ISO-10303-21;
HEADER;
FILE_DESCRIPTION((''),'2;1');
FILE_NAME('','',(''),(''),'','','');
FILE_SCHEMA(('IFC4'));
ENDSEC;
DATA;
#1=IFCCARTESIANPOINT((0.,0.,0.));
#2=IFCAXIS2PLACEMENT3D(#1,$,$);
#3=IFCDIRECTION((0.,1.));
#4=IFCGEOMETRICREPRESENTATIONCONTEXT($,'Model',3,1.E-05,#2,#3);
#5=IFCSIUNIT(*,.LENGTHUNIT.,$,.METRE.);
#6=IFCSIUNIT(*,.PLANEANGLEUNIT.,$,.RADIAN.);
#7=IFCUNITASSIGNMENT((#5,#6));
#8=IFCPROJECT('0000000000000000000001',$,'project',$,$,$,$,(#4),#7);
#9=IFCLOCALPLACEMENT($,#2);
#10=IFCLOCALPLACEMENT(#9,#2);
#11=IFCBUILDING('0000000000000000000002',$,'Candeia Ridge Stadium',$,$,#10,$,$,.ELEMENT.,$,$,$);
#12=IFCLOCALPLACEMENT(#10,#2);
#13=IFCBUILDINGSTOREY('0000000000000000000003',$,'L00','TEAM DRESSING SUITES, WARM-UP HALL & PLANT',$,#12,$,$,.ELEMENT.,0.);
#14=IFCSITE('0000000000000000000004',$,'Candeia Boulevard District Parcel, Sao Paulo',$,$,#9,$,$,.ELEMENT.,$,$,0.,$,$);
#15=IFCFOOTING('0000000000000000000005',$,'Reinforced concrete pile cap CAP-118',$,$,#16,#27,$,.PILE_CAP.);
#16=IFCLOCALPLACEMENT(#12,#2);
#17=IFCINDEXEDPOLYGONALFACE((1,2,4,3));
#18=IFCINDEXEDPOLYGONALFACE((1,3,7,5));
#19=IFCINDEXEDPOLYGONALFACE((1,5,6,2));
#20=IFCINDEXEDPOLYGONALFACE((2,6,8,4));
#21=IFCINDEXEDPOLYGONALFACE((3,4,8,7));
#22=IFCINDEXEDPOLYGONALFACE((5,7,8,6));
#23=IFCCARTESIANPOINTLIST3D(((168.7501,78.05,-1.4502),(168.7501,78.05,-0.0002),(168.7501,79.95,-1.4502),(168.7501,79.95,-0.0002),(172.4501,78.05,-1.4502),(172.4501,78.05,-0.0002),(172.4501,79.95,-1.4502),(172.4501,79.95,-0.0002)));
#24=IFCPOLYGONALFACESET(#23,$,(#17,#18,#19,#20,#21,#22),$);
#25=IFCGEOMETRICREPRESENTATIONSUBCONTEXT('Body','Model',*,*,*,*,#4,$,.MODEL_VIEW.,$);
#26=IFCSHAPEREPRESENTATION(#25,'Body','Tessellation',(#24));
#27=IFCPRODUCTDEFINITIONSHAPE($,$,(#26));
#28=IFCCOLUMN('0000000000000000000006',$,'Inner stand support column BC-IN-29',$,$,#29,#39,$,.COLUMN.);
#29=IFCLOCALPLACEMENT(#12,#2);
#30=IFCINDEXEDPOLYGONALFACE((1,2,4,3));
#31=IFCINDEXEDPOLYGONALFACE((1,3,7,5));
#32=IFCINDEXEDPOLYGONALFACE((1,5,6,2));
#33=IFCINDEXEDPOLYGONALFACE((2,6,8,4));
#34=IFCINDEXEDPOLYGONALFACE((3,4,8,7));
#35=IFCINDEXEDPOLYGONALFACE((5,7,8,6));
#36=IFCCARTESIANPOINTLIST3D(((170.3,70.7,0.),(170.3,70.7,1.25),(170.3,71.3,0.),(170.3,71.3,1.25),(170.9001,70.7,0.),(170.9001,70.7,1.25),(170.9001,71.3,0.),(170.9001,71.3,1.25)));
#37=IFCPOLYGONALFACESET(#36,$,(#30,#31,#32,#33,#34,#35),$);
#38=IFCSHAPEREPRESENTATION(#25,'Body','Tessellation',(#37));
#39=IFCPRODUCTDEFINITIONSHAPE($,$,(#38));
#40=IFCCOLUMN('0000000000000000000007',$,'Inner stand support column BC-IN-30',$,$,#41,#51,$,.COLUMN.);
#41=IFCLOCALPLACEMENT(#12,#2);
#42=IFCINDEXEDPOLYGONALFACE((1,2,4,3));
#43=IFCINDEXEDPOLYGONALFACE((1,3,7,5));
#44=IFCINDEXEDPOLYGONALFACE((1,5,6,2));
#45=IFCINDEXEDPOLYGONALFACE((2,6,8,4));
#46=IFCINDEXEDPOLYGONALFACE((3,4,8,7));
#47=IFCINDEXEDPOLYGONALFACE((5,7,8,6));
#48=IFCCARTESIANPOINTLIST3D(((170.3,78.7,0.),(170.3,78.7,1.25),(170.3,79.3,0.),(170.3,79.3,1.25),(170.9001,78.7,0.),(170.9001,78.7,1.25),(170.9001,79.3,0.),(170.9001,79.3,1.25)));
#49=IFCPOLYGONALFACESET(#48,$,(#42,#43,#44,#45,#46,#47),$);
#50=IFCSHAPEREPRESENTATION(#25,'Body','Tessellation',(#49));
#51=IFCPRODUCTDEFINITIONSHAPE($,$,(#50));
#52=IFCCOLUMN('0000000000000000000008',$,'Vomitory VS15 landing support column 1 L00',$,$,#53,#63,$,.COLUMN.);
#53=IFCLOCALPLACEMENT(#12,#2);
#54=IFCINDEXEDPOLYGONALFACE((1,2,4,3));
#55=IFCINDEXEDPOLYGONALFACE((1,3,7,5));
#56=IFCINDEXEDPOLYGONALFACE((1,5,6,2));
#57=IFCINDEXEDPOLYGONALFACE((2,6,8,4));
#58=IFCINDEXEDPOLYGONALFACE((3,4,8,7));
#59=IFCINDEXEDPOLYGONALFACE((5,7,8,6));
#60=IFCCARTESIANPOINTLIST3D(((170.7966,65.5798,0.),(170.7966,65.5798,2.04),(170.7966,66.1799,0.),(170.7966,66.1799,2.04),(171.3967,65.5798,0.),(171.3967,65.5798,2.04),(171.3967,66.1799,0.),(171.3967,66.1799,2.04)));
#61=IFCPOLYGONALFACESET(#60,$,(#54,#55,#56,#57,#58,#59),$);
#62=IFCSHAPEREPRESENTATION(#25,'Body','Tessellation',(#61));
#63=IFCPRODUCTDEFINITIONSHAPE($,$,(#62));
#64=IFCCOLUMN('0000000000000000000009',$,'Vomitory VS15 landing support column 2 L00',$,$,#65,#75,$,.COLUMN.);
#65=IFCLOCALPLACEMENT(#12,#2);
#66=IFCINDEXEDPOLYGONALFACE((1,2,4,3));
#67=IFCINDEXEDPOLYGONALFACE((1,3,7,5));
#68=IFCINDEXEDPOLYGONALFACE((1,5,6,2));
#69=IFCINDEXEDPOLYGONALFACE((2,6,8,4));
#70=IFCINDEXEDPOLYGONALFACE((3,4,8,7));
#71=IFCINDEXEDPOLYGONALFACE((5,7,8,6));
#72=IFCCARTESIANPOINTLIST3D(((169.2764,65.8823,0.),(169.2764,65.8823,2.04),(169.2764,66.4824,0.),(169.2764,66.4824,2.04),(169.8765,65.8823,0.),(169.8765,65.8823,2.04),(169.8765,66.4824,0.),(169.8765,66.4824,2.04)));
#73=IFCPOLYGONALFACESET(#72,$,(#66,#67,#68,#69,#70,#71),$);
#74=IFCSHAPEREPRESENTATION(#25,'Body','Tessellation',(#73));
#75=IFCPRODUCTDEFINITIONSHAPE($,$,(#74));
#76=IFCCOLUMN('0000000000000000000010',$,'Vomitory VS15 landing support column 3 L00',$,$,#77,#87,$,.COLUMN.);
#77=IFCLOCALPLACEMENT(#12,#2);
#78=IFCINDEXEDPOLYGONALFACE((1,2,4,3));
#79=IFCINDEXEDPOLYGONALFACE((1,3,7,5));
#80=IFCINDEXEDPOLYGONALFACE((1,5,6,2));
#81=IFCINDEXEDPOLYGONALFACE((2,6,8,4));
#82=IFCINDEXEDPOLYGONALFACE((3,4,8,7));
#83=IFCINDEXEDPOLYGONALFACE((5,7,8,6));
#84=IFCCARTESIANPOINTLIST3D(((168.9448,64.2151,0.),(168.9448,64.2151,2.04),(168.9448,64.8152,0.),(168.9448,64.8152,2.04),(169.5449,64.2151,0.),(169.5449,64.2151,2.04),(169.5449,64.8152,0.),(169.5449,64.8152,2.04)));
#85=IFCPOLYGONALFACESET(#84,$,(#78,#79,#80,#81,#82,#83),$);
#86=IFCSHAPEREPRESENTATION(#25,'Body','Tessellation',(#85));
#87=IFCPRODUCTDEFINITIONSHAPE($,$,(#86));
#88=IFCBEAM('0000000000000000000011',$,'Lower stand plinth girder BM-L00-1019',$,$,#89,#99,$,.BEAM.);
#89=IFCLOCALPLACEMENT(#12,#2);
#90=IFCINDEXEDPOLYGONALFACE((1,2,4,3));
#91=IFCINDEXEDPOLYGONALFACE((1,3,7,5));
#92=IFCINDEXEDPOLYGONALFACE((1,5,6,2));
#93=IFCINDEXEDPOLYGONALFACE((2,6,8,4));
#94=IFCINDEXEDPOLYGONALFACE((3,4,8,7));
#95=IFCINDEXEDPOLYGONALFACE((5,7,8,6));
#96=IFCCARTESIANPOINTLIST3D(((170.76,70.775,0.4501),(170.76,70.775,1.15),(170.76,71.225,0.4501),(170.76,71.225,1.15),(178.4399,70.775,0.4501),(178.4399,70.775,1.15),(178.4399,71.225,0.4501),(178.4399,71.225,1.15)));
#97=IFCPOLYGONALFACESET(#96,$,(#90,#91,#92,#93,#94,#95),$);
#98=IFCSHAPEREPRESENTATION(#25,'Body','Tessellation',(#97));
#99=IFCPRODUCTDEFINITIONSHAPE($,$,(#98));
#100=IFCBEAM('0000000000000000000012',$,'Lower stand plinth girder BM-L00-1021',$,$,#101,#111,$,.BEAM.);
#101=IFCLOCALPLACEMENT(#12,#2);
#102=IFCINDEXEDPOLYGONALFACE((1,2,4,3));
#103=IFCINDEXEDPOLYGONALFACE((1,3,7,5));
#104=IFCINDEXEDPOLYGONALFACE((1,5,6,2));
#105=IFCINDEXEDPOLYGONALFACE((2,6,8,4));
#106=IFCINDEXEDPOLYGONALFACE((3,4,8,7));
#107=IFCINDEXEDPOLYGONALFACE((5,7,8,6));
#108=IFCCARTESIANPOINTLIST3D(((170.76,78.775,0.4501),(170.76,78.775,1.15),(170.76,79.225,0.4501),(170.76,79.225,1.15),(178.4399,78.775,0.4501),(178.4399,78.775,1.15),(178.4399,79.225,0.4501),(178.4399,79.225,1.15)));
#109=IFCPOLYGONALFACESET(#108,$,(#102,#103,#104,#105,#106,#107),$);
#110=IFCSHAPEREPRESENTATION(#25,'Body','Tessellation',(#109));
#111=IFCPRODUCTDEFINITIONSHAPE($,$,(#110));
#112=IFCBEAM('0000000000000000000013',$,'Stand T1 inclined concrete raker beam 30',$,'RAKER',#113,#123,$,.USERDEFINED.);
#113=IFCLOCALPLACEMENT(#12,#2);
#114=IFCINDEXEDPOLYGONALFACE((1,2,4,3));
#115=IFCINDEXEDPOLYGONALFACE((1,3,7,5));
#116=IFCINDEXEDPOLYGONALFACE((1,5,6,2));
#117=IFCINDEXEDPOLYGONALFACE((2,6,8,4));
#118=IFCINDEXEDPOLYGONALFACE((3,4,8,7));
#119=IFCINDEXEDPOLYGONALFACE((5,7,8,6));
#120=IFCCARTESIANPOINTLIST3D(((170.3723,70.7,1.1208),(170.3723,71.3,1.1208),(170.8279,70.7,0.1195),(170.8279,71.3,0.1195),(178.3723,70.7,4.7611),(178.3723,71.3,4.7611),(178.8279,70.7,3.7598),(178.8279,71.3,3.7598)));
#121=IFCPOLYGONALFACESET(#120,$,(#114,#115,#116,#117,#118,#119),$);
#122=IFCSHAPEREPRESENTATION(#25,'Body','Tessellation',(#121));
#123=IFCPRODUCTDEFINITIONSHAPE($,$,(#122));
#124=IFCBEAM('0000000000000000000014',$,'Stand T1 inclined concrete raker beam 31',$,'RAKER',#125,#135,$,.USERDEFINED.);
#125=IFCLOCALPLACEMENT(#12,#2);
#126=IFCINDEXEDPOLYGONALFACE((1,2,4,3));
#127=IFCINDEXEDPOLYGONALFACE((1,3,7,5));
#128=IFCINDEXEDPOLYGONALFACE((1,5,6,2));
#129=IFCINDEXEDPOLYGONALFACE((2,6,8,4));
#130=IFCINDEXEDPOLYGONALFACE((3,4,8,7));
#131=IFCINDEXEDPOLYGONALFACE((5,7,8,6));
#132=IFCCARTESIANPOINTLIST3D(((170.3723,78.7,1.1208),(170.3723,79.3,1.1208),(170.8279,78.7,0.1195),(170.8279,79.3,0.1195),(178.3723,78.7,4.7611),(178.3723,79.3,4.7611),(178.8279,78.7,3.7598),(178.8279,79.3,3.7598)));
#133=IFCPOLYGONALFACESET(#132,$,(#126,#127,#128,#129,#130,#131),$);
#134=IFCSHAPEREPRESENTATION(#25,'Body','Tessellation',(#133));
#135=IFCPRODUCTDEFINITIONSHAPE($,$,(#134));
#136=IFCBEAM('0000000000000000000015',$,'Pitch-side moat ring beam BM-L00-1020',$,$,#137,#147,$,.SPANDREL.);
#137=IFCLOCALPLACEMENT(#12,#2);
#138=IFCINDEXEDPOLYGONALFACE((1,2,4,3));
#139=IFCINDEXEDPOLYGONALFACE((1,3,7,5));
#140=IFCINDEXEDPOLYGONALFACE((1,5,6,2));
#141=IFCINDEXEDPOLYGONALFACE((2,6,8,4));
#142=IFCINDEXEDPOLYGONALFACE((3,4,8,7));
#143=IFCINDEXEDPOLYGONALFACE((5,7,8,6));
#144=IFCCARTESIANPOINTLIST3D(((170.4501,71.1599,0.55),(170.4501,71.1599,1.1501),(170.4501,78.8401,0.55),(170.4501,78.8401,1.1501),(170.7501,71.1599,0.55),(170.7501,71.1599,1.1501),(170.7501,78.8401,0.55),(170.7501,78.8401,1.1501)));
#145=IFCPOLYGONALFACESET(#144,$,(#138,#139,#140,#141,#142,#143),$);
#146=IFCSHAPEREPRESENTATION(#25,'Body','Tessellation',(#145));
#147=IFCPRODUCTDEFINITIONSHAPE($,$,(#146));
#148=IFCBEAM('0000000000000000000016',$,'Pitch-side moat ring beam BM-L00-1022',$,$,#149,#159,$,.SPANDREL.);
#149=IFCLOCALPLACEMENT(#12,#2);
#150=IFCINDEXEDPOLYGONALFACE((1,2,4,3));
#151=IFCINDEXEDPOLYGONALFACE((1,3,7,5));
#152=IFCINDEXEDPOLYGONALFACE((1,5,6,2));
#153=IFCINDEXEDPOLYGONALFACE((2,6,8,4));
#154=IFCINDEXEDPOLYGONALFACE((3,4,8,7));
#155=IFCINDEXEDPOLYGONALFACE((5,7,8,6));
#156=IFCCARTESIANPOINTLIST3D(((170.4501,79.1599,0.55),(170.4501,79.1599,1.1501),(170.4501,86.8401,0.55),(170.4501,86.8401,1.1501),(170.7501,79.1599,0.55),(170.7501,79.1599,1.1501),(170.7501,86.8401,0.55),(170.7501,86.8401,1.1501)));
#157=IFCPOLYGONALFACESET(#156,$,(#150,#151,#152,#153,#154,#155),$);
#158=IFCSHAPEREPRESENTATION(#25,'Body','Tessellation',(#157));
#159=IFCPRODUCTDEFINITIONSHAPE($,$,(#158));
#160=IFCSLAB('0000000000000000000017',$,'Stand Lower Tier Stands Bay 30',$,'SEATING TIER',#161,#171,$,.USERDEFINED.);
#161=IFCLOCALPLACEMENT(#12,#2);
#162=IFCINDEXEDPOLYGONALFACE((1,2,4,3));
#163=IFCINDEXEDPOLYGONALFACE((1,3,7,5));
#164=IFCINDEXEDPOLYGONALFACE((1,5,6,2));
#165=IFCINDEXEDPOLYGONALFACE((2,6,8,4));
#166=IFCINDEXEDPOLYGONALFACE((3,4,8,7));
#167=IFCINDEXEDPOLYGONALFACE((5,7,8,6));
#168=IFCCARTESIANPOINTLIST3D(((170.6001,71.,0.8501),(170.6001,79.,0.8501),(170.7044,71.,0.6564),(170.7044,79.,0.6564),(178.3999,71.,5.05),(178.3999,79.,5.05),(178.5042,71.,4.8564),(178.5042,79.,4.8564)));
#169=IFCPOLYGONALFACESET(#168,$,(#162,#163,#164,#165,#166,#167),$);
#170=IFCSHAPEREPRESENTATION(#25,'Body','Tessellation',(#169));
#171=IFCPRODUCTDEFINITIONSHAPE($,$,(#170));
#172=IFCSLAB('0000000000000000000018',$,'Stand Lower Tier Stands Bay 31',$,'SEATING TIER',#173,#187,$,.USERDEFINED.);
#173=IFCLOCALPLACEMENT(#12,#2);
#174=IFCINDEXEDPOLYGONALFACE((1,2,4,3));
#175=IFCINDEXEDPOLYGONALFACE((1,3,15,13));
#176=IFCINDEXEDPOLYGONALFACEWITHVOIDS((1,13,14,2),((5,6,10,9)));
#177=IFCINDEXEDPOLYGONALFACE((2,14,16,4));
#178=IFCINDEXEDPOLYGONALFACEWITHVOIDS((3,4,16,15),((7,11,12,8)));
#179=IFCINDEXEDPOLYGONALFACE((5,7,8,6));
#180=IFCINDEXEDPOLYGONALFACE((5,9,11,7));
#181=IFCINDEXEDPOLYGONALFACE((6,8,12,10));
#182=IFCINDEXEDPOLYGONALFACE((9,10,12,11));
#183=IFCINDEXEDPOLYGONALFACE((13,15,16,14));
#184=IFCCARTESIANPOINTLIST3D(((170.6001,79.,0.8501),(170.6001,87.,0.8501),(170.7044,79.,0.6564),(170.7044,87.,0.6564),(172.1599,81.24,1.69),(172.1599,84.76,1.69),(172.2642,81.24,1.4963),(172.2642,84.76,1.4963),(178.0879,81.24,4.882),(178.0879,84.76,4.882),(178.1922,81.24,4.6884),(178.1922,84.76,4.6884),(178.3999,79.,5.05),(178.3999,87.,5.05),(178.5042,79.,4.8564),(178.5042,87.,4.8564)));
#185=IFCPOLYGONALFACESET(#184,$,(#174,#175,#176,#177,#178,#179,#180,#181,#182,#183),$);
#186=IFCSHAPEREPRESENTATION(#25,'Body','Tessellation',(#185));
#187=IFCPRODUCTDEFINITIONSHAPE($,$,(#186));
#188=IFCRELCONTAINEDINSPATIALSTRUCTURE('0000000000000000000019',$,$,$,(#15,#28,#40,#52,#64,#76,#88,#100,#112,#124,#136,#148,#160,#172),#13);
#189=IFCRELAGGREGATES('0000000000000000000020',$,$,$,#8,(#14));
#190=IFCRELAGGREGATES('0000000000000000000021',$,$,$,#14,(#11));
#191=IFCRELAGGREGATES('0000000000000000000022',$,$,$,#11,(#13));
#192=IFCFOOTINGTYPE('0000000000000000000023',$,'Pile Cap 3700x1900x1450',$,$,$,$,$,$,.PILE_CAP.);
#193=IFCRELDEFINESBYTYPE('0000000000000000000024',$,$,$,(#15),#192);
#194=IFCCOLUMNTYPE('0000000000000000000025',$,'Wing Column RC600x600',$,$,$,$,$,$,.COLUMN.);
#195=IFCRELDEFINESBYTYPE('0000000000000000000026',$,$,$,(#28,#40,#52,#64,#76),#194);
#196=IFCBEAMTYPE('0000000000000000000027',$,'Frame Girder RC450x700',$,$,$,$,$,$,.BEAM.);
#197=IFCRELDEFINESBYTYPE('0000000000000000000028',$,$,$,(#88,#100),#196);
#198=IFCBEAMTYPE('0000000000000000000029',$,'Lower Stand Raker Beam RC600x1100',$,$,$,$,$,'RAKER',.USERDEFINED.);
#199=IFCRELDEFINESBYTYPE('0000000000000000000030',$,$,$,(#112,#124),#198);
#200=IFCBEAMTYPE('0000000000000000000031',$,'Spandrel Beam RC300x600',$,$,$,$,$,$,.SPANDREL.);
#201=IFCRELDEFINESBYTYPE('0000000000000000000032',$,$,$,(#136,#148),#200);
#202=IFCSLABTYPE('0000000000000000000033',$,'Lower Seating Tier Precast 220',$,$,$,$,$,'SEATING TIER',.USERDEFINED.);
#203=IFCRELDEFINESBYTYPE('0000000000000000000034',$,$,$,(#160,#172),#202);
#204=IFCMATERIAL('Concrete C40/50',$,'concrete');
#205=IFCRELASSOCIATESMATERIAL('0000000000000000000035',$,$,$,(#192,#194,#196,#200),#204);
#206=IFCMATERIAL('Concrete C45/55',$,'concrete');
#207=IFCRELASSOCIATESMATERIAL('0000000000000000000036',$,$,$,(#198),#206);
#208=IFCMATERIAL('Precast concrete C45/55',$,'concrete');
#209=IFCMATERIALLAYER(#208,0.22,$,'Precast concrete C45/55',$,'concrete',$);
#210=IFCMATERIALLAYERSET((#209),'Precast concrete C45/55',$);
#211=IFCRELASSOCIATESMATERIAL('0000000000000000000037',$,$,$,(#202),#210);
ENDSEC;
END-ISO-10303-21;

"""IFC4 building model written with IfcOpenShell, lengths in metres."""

from ifc_helpers import new_model, si_unit, direction, frame, origin, origin_2d, place, context, subcontext, project, spatial, polyline, rectangle, outline, extrude, material, layer, layer_set, material_profile, profile_set, type_object, element, save


model = new_model("IFC4")

# Units and contexts
model_context = context("Model", 3, precision=1e-05, world=origin(), true_north=direction((0.0, 1.0)))
body_context = subcontext(model_context, "Body", "Model", "MODEL_VIEW")
ifc_project = project(units=[si_unit("LENGTHUNIT", "METRE"), si_unit("PLANEANGLEUNIT", "RADIAN")], contexts=[model_context])

# Site, building, storey
site_placement = place(None, origin())
site = spatial("IfcSite", under=ifc_project, at=site_placement, Name="Candeia Boulevard District Parcel, Sao Paulo", CompositionType="ELEMENT", RefElevation=0.0)
building_placement = place(site_placement, origin())
building = spatial("IfcBuilding", under=site, at=building_placement, Name="Candeia Ridge Stadium", CompositionType="ELEMENT")
storey_placement = place(building_placement, origin())
storey = spatial("IfcBuildingStorey", under=building, at=storey_placement, Name="L00", Description="TEAM DRESSING SUITES, WARM-UP HALL & PLANT", CompositionType="ELEMENT", Elevation=0.0)

# Shared definitions
ifc_material_1 = material(Name="Concrete C40/50", Category="concrete")

# Footing
footing_type_1 = type_object("IfcFootingType", Name="Pile Cap 3700x1900x1450", PredefinedType="PILE_CAP", material=ifc_material_1)
for number, where, z_axis, x_axis, name in (
    (1, (170.6001, 79.0, -1.4502), (0.0, 0.0, 1.0), (1.0, 0.0, 0.0), "Reinforced concrete pile cap CAP-118"),
):
    element("IfcFooting", number, at=place(storey_placement, frame(where, z_axis=z_axis, x_axis=x_axis)), inside=storey, type_object=footing_type_1, Name=name, PredefinedType="PILE_CAP", context=body_context, shape_type="SweptSolid", body=[
        extrude(rectangle(XDim=3.7, YDim=1.8999, at=origin_2d()), origin(), (0.0, 0.0, 1.0), 1.45),
    ])

# Columns
ifc_material_profile_1 = material_profile(ifc_material_1, rectangle(XDim=0.6001, YDim=0.6001, at=origin_2d()), Name="RC600x600", Category="concrete")
ifc_profile_set_1 = profile_set([ifc_material_profile_1], Name="Concrete C40/50")
column_type = type_object("IfcColumnType", Name="Wing Column RC600x600", PredefinedType="COLUMN", material=ifc_profile_set_1)
for number, where, z_axis, x_axis, name in (
    (2, (170.6001, 71.0, 0.0), (0.0, 0.0, 1.0), (1.0, 0.0, 0.0), "Inner stand support column BC-IN-29"),
    (3, (170.6001, 79.0, 0.0), (0.0, 0.0, 1.0), (1.0, 0.0, 0.0), "Inner stand support column BC-IN-30"),
):
    element("IfcColumn", number, at=place(storey_placement, frame(where, z_axis=z_axis, x_axis=x_axis)), inside=storey, type_object=column_type, Name=name, PredefinedType="COLUMN", context=body_context, shape_type="SweptSolid", body=[
        extrude(rectangle(XDim=0.6001, YDim=0.6001, at=origin_2d()), origin(), (0.0, 0.0, 1.0), 1.25),
    ])
for number, where, z_axis, x_axis, name in (
    (4, (171.0967, 65.8799, 0.0), (0.0, 0.0, 1.0), (1.0, 0.0, 0.0), "Vomitory VS15 landing support column 1 L00"),
    (5, (169.5764, 66.1824, 0.0), (0.0, 0.0, 1.0), (1.0, 0.0, 0.0), "Vomitory VS15 landing support column 2 L00"),
    (6, (169.2449, 64.5151, 0.0), (0.0, 0.0, 1.0), (1.0, 0.0, 0.0), "Vomitory VS15 landing support column 3 L00"),
):
    element("IfcColumn", number, at=place(storey_placement, frame(where, z_axis=z_axis, x_axis=x_axis)), inside=storey, type_object=column_type, Name=name, PredefinedType="COLUMN", context=body_context, shape_type="SweptSolid", body=[
        extrude(rectangle(XDim=0.6001, YDim=0.6001, at=origin_2d()), origin(), (0.0, 0.0, 1.0), 2.04),
    ])

# Beams
ifc_material_profile_2 = material_profile(ifc_material_1, rectangle(XDim=0.45, YDim=0.7, at=origin_2d()), Name="RC450x700", Category="concrete")
ifc_profile_set_2 = profile_set([ifc_material_profile_2], Name="Concrete C40/50")
beam_type_1 = type_object("IfcBeamType", Name="Frame Girder RC450x700", PredefinedType="BEAM", material=ifc_profile_set_2)
for number, where, z_axis, x_axis, name in (
    (7, (170.76, 71.0, 0.8), (1.0, 0.0, 0.0), (0.0, 1.0, 0.0), "Lower stand plinth girder BM-L00-1019"),
    (8, (170.76, 79.0, 0.8), (1.0, 0.0, 0.0), (0.0, 1.0, 0.0), "Lower stand plinth girder BM-L00-1021"),
):
    element("IfcBeam", number, at=place(storey_placement, frame(where, z_axis=z_axis, x_axis=x_axis)), inside=storey, type_object=beam_type_1, Name=name, PredefinedType="BEAM", context=body_context, shape_type="SweptSolid", body=[
        extrude(rectangle(XDim=0.45, YDim=0.7, at=origin_2d()), origin(), (0.0, 0.0, 1.0), 7.6799),
    ])
ifc_material_2 = material(Name="Concrete C45/55", Category="concrete")
ifc_material_profile_3 = material_profile(ifc_material_2, rectangle(XDim=0.6001, YDim=1.1001, at=origin_2d()), Name="RC600x1100", Category="concrete")
ifc_profile_set_3 = profile_set([ifc_material_profile_3], Name="Concrete C45/55")
beam_type_2 = type_object("IfcBeamType", Name="Lower Stand Raker Beam RC600x1100", ElementType="RAKER", PredefinedType="USERDEFINED", material=ifc_profile_set_3)
for number, where, z_axis, x_axis, name in (
    (9, (170.6001, 71.0, 0.6201), (0.910194, 0.0, 0.414182), (0.0, 1.0, 0.0), "Stand T1 inclined concrete raker beam 30"),
    (10, (170.6001, 79.0, 0.6201), (0.910194, 0.0, 0.414182), (0.0, 1.0, 0.0), "Stand T1 inclined concrete raker beam 31"),
):
    element("IfcBeam", number, at=place(storey_placement, frame(where, z_axis=z_axis, x_axis=x_axis)), inside=storey, type_object=beam_type_2, Name=name, ObjectType="RAKER", PredefinedType="USERDEFINED", context=body_context, shape_type="SweptSolid", body=[
        extrude(rectangle(XDim=0.6001, YDim=1.1001, at=origin_2d()), origin(), (0.0, 0.0, 1.0), 8.7893),
    ])
ifc_material_profile_4 = material_profile(ifc_material_1, rectangle(XDim=0.3, YDim=0.6001, at=origin_2d()), Name="RC300x600", Category="concrete")
ifc_profile_set_4 = profile_set([ifc_material_profile_4], Name="Concrete C40/50")
beam_type_3 = type_object("IfcBeamType", Name="Spandrel Beam RC300x600", PredefinedType="SPANDREL", material=ifc_profile_set_4)
for number, where, z_axis, x_axis, name in (
    (11, (170.6001, 71.1599, 0.8501), (0.0, 1.0, 0.0), (-1.0, 0.0, 0.0), "Pitch-side moat ring beam BM-L00-1020"),
    (12, (170.6001, 79.1599, 0.8501), (0.0, 1.0, 0.0), (-1.0, 0.0, 0.0), "Pitch-side moat ring beam BM-L00-1022"),
):
    element("IfcBeam", number, at=place(storey_placement, frame(where, z_axis=z_axis, x_axis=x_axis)), inside=storey, type_object=beam_type_3, Name=name, PredefinedType="SPANDREL", context=body_context, shape_type="SweptSolid", body=[
        extrude(rectangle(XDim=0.3, YDim=0.6001, at=origin_2d()), origin(), (0.0, 0.0, 1.0), 7.6802),
    ])

# Slabs
ifc_material_3 = material(Name="Precast concrete C45/55", Category="concrete")
ifc_layer_1 = layer(ifc_material_3, 0.22, Name="Precast concrete C45/55", Category="concrete")
ifc_layer_set_1 = layer_set([ifc_layer_1], Name="Precast concrete C45/55")
slab_type = type_object("IfcSlabType", Name="Lower Seating Tier Precast 220", ElementType="SEATING TIER", PredefinedType="USERDEFINED", material=ifc_layer_set_1)
slab_1_placement = place(storey_placement, frame((170.6001, 71.0, 0.8501), z_axis=(-0.474105, 0.0, 0.880468), x_axis=(0.0, 1.0, 0.0)))
element("IfcSlab", 13, at=slab_1_placement, inside=storey, type_object=slab_type, Name="Stand Lower Tier Stands Bay 30", ObjectType="SEATING TIER", PredefinedType="USERDEFINED", context=body_context, shape_type="SweptSolid", body=[
    extrude(outline(polyline([(0.0, 0.0), (8.0, 0.0), (8.0, -8.8587), (0.0, -8.8587), (0.0, 0.0)])), origin(), (0.0, 0.0, -1.0), 0.22),
])
slab_2_placement = place(storey_placement, frame((170.6001, 79.0, 0.8501), z_axis=(-0.474105, 0.0, 0.880468), x_axis=(0.0, 1.0, 0.0)))
element("IfcSlab", 14, at=slab_2_placement, inside=storey, type_object=slab_type, Name="Stand Lower Tier Stands Bay 31", ObjectType="SEATING TIER", PredefinedType="USERDEFINED", context=body_context, shape_type="SweptSolid", body=[
    extrude(outline(polyline([(0.0, 0.0), (8.0, 0.0), (8.0, -8.8587), (0.0, -8.8587), (0.0, 0.0)]), holes=[polyline([(2.24, -1.7715), (5.76, -1.7715), (5.76, -8.5043), (2.24, -8.5043), (2.24, -1.7715)])]), origin(), (0.0, 0.0, -1.0), 0.22),
])

save(model, "model.ifc")
